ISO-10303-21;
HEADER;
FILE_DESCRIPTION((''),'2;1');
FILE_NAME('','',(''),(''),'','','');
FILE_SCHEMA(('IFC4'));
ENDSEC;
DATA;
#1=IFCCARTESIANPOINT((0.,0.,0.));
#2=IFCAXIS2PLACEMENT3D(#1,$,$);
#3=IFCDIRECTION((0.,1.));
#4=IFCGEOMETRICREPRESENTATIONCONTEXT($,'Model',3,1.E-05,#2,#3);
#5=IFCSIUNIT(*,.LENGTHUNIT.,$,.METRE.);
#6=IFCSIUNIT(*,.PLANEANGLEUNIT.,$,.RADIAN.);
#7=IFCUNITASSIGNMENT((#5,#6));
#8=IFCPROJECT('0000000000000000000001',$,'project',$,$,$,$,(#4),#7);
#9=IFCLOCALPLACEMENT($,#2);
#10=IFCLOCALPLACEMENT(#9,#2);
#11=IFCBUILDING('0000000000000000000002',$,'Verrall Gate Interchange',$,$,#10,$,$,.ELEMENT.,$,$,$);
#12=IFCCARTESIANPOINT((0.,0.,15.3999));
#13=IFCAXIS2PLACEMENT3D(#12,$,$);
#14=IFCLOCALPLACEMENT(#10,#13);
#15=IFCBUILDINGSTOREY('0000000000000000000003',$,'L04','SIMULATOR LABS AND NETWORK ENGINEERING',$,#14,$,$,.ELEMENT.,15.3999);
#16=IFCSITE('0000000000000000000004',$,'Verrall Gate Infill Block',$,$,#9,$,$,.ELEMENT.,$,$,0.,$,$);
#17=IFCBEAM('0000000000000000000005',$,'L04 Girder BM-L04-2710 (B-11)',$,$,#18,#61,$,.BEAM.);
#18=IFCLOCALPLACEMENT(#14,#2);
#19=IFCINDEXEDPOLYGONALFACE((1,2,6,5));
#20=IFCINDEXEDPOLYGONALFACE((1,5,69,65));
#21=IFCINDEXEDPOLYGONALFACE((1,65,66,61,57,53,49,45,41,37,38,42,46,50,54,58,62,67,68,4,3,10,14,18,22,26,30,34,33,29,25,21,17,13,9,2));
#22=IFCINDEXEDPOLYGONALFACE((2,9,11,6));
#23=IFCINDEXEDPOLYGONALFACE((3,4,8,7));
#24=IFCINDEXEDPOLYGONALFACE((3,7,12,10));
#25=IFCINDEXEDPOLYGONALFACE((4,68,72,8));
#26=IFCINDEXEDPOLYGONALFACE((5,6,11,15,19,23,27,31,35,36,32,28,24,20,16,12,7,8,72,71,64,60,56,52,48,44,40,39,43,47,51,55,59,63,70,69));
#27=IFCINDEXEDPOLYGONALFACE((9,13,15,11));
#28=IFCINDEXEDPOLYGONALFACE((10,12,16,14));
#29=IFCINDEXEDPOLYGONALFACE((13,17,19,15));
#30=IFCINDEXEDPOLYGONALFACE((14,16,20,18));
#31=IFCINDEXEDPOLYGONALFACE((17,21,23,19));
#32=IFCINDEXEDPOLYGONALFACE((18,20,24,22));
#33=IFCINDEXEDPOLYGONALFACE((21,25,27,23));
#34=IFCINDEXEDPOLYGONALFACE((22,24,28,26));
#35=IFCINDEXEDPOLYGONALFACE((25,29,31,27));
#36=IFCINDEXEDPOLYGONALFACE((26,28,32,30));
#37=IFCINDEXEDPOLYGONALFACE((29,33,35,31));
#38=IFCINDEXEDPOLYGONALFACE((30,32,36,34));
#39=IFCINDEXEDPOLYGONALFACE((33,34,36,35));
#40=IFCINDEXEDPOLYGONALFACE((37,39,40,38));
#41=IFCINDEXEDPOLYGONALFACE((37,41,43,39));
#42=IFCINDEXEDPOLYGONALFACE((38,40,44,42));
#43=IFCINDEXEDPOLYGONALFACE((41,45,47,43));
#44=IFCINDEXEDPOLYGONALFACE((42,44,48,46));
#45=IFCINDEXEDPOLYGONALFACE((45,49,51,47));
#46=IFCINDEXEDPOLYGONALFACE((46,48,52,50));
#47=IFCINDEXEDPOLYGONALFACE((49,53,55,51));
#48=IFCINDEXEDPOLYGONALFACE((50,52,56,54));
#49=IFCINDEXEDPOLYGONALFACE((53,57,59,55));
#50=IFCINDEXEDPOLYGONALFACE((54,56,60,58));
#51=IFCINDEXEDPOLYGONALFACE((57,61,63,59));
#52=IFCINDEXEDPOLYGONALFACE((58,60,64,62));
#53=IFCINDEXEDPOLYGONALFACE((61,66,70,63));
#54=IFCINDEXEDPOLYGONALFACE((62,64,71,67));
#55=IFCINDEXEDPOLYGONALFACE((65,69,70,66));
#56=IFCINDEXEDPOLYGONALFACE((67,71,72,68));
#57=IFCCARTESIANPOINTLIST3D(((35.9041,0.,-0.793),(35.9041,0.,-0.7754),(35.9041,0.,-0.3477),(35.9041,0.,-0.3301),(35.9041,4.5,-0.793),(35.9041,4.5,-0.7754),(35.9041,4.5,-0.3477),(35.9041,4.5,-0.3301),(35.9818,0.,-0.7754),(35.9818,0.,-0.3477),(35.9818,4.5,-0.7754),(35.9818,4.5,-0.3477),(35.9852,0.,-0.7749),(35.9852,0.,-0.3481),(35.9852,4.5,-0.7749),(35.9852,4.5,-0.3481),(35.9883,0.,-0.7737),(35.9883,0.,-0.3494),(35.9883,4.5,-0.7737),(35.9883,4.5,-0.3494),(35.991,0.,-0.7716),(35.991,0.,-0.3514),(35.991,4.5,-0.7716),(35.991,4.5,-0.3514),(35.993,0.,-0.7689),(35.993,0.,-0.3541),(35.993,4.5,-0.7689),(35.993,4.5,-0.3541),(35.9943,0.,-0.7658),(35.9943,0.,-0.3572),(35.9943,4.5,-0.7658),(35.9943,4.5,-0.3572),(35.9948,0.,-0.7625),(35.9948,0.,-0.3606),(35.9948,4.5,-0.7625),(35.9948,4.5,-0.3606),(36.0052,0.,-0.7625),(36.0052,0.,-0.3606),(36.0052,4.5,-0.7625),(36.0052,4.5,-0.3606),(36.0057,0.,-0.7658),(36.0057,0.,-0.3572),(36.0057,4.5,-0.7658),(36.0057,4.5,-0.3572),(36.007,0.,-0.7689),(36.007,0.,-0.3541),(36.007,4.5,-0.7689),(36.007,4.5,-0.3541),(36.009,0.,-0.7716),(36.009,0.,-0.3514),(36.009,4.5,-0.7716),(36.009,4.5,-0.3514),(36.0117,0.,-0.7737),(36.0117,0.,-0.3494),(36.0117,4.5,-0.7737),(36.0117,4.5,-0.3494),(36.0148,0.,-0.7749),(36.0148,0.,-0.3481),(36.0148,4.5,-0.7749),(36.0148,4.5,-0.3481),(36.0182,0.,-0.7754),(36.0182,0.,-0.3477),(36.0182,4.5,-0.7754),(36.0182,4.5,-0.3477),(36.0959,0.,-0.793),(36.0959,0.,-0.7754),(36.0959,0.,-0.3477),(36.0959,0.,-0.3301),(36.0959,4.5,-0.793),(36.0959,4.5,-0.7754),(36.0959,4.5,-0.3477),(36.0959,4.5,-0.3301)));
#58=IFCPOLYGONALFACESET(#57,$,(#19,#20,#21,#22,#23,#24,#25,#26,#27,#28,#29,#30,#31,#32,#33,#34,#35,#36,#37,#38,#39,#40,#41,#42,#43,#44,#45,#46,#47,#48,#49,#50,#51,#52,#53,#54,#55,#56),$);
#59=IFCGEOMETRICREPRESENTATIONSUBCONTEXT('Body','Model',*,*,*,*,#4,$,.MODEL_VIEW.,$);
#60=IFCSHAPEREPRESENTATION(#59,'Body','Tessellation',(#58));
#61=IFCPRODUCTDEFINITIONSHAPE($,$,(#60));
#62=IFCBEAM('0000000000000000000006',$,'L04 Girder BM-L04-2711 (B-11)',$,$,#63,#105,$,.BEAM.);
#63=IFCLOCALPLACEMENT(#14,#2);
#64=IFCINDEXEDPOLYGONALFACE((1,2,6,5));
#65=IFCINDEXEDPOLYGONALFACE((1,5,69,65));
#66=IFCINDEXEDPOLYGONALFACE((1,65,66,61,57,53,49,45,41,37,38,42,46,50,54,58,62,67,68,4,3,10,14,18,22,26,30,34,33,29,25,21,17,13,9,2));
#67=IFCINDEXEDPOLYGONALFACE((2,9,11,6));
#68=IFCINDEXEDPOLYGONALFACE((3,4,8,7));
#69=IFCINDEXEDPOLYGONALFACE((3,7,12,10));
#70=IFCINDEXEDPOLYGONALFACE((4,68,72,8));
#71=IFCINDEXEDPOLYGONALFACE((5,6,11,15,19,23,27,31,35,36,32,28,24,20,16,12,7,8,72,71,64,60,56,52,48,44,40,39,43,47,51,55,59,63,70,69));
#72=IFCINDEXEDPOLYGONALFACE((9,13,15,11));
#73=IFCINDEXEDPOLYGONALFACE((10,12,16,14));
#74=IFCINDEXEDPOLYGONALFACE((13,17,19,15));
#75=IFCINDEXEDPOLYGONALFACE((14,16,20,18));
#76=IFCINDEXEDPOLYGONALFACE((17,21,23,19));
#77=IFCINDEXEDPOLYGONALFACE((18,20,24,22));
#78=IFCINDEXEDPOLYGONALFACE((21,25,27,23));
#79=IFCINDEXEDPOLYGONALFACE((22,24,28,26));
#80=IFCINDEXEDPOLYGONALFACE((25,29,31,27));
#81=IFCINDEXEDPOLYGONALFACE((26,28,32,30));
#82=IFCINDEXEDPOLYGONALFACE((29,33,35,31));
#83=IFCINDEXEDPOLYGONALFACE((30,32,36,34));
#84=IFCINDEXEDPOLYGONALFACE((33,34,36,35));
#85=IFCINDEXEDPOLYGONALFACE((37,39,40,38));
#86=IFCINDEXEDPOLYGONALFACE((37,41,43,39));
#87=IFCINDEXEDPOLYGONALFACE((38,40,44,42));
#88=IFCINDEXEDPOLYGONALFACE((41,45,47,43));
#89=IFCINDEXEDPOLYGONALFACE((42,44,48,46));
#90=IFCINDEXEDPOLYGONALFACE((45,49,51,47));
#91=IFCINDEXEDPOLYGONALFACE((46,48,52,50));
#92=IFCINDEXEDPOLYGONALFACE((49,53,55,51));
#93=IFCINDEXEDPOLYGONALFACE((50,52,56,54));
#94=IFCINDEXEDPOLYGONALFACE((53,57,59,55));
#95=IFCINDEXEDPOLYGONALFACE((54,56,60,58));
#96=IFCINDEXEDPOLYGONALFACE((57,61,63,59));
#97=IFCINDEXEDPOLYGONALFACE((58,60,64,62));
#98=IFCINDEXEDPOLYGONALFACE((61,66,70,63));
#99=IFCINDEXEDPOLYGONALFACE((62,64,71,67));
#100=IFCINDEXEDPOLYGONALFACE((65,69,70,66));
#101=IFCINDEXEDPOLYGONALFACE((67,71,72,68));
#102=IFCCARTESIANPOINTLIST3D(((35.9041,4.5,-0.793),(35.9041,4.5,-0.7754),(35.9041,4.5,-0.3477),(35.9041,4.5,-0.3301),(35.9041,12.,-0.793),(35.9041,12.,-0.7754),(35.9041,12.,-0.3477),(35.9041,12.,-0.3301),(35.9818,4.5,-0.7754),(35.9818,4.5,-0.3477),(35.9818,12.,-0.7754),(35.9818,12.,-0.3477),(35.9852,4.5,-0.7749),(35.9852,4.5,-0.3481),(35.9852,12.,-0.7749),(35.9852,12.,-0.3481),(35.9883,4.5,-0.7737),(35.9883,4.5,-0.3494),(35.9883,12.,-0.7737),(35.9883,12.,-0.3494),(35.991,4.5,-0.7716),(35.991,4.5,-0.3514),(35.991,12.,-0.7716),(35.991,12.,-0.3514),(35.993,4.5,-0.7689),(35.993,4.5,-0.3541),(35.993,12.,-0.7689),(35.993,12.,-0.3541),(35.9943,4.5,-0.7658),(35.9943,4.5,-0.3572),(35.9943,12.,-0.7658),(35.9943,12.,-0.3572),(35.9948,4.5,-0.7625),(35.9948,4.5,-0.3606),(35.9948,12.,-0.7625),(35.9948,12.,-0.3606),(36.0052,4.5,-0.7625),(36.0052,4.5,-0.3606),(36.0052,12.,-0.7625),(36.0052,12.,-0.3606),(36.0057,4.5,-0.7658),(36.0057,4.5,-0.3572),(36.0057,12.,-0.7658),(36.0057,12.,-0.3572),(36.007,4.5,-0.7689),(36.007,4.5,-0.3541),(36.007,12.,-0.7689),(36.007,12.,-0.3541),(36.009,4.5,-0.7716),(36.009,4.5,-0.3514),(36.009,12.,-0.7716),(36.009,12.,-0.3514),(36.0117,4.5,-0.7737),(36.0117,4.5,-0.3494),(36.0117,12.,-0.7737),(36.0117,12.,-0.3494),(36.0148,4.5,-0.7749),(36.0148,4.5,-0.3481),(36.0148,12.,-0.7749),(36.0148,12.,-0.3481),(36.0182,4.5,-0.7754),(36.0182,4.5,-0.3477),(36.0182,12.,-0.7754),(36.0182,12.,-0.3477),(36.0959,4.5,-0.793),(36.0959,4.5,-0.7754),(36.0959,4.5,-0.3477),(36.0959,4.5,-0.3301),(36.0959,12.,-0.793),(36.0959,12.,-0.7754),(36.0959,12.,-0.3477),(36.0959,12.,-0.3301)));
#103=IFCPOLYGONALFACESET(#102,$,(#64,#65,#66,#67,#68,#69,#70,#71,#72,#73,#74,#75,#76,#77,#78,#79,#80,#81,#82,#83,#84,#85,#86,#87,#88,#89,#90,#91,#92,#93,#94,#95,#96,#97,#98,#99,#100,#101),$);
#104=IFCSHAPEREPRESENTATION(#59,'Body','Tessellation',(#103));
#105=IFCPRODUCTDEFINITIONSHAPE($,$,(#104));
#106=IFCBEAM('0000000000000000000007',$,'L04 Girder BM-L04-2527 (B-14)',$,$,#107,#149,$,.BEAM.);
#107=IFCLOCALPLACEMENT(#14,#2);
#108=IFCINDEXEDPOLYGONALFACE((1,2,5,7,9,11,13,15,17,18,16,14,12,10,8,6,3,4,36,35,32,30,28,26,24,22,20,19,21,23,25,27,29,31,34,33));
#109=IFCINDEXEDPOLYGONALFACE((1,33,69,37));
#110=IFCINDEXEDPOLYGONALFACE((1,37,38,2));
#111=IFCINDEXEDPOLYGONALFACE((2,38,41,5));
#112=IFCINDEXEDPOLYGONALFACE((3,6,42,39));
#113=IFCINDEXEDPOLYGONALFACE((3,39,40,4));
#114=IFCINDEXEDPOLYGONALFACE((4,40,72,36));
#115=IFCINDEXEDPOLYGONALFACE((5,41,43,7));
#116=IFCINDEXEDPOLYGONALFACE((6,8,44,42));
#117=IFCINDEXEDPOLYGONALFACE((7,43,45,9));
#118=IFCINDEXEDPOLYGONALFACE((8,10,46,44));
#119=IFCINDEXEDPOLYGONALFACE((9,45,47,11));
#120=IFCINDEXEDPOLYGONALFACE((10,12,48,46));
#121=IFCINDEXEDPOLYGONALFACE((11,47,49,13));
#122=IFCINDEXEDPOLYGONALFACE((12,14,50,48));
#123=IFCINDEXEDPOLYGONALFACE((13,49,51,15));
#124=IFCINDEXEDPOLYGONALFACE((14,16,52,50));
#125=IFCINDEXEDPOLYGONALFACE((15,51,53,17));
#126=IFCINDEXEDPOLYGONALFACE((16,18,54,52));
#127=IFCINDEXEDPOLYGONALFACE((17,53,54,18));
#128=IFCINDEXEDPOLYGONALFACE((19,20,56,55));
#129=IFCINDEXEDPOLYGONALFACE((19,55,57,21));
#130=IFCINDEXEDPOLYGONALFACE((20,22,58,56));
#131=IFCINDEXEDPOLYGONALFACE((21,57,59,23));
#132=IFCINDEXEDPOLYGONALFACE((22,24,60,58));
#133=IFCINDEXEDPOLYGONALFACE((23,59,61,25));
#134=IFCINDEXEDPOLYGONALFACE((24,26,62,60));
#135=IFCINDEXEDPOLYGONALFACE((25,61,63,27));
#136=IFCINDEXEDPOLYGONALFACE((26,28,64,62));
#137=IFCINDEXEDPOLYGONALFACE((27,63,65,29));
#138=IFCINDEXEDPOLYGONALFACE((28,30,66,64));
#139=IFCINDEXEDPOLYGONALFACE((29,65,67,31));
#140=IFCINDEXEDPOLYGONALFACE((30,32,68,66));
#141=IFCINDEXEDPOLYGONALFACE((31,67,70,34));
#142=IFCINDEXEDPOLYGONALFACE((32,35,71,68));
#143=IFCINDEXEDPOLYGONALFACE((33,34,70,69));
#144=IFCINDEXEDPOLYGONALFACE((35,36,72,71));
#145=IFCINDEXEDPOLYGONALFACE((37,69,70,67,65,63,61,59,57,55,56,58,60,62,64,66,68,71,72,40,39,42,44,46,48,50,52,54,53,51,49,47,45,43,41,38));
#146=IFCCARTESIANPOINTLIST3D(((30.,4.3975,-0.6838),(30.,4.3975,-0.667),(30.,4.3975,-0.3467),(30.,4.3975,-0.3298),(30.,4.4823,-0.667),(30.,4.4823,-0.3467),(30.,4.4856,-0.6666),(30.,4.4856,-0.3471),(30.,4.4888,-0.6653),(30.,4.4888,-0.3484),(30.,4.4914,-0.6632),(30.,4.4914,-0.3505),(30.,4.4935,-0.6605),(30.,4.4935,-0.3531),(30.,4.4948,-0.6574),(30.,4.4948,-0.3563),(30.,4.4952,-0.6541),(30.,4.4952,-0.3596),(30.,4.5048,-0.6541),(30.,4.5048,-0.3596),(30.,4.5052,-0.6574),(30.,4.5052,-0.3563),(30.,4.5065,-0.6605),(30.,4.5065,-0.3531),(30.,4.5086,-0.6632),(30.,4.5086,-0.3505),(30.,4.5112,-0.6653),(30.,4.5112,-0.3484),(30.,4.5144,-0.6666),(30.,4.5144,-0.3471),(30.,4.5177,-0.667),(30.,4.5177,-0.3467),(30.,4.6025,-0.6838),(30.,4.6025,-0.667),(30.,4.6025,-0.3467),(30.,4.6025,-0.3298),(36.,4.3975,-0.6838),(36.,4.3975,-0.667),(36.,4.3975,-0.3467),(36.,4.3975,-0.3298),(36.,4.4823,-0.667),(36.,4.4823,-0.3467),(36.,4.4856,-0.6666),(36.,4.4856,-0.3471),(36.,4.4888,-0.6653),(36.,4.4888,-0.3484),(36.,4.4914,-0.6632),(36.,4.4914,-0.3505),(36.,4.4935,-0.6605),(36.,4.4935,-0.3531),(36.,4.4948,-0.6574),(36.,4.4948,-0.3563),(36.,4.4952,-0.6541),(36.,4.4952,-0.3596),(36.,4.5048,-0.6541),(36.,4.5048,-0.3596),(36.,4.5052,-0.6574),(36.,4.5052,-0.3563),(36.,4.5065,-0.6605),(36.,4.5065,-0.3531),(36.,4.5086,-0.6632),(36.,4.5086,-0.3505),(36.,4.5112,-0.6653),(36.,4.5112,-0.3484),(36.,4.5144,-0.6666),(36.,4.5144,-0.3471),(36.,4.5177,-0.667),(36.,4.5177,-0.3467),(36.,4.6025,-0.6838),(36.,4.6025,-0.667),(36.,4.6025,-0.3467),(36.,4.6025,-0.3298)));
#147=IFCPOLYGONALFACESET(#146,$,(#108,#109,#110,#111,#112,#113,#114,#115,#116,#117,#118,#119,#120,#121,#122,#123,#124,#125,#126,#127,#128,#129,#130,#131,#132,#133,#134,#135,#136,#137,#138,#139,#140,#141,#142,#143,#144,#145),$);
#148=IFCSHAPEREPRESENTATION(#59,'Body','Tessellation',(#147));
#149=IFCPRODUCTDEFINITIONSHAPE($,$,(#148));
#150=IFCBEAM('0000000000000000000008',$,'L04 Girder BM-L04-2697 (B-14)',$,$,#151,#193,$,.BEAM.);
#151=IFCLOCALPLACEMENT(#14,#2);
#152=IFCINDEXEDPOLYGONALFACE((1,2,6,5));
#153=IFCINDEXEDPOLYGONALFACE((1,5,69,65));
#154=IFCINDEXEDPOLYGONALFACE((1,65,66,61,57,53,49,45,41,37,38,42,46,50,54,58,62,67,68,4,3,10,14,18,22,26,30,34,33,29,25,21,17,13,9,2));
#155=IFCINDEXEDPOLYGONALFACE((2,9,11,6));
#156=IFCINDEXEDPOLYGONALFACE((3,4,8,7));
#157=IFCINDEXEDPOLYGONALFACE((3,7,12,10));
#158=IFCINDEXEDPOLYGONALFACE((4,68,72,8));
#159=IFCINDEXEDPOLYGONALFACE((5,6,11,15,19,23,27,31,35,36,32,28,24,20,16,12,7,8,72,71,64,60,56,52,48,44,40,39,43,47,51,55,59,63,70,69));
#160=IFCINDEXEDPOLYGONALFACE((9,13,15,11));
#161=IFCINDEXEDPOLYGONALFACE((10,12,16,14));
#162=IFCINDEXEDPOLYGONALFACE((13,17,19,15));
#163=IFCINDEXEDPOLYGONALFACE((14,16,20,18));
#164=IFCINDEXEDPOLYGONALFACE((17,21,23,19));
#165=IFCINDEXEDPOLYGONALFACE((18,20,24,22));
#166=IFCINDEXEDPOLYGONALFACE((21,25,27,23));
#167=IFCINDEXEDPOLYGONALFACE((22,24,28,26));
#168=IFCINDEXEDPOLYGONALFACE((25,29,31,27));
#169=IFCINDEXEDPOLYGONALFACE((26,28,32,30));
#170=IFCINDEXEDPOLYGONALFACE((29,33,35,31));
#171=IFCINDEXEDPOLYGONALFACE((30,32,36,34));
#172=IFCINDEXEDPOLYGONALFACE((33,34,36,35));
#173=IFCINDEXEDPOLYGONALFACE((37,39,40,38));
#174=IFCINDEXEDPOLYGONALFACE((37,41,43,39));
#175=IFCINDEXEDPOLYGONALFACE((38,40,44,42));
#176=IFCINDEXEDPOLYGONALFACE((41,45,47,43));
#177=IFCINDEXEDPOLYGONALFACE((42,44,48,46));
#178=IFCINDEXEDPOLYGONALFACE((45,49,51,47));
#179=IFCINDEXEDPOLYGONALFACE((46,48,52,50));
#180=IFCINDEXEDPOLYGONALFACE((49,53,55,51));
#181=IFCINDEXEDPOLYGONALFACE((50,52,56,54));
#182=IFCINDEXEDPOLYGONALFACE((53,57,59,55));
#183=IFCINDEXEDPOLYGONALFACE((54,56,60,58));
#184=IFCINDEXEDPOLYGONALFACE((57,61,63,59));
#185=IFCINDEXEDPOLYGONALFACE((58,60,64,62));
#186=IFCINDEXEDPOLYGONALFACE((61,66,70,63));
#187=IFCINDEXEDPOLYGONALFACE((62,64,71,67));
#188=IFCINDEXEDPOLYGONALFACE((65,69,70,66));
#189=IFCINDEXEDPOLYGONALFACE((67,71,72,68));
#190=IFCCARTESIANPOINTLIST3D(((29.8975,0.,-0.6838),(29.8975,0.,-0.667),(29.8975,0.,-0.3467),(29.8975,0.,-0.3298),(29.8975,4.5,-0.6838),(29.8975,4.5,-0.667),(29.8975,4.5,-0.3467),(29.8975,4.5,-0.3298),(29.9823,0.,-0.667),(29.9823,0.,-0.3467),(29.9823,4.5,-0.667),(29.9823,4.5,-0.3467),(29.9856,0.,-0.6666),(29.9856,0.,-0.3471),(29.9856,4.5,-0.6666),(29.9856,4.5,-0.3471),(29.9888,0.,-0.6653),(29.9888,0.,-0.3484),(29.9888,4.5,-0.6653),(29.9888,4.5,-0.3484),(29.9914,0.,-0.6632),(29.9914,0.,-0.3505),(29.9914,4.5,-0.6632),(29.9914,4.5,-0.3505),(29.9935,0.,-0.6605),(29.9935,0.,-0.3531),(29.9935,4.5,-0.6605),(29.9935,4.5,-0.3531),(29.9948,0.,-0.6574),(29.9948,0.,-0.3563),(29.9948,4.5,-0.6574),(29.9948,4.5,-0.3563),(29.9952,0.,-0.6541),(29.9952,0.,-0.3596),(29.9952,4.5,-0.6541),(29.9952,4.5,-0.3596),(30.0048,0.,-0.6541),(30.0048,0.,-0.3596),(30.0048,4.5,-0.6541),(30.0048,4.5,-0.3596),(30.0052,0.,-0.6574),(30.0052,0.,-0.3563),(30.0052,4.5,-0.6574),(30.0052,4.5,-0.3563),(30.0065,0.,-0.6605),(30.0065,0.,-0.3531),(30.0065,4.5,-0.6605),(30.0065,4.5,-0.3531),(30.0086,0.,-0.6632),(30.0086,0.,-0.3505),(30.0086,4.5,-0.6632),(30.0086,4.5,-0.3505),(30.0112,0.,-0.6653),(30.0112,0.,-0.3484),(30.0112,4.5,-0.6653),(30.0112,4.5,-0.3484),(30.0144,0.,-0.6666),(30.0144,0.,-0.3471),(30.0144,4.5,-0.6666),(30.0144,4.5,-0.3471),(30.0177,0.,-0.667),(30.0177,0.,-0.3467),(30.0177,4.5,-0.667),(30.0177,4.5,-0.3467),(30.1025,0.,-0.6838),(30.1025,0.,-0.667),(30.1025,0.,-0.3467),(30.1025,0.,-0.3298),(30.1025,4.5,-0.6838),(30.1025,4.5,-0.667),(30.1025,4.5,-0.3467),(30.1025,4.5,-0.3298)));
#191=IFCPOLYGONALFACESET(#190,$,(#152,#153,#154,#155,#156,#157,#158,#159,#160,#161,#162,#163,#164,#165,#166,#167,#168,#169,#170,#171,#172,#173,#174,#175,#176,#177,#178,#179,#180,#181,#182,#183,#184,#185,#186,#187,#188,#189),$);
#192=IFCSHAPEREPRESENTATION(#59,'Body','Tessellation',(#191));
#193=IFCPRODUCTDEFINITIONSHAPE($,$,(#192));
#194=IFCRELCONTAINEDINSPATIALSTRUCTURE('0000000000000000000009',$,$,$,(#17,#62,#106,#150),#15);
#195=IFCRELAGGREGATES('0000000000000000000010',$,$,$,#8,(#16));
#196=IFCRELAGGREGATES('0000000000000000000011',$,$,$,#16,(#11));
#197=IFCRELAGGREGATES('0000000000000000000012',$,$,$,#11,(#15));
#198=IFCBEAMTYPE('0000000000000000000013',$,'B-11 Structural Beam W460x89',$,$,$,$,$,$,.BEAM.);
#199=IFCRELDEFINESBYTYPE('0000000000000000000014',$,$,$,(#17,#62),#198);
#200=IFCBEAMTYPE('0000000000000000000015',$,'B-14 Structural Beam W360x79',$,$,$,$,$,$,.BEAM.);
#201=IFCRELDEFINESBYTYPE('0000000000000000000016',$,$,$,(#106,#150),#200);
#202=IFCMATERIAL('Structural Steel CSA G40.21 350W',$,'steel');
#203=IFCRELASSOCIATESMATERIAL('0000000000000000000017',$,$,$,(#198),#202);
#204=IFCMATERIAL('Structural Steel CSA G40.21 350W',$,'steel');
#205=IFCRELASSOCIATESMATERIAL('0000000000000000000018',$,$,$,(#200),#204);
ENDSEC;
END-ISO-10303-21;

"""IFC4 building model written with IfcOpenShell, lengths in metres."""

from ifc_helpers import new_model, si_unit, direction, frame, origin, origin_2d, place, context, subcontext, project, spatial, i_section, extrude, material, material_profile, profile_set, type_object, element, save


model = new_model("IFC4")

# Units and contexts
model_context = context("Model", 3, precision=1e-05, world=origin(), true_north=direction((0.0, 1.0)))
body_context = subcontext(model_context, "Body", "Model", "MODEL_VIEW")
ifc_project = project(units=[si_unit("LENGTHUNIT", "METRE"), si_unit("PLANEANGLEUNIT", "RADIAN")], contexts=[model_context])

# Site, building, storey
site_placement = place(None, origin())
site = spatial("IfcSite", under=ifc_project, at=site_placement, Name="Verrall Gate Infill Block", CompositionType="ELEMENT", RefElevation=0.0)
building_placement = place(site_placement, origin())
building = spatial("IfcBuilding", under=site, at=building_placement, Name="Verrall Gate Interchange", CompositionType="ELEMENT")
storey_placement = place(building_placement, frame((0.0, 0.0, 15.3999)))
storey = spatial("IfcBuildingStorey", under=building, at=storey_placement, Name="L04", Description="SIMULATOR LABS AND NETWORK ENGINEERING", CompositionType="ELEMENT", Elevation=15.3999)

# Beams
ifc_material_1 = material(Name="Structural Steel CSA G40.21 350W", Category="steel")
ifc_material_profile_1 = material_profile(ifc_material_1, i_section(OverallWidth=0.1919, OverallDepth=0.4629, WebThickness=0.0105, FlangeThickness=0.0176, FilletRadius=0.0129, at=origin_2d()), Name="W460x89")
ifc_profile_set_1 = profile_set([ifc_material_profile_1], Name="Structural Steel CSA G40.21 350W")
beam_type_1 = type_object("IfcBeamType", Name="B-11 Structural Beam W460x89", PredefinedType="BEAM", material=ifc_profile_set_1)
beam_1_placement = place(storey_placement, frame((36.0, 0.0, -0.5615), z_axis=(0.0, 1.0, 0.0), x_axis=(-1.0, 0.0, 0.0)))
element("IfcBeam", 1, at=beam_1_placement, inside=storey, type_object=beam_type_1, Name="L04 Girder BM-L04-2710 (B-11)", PredefinedType="BEAM", context=body_context, shape_type="SweptSolid", body=[
    extrude(i_section(OverallWidth=0.1919, OverallDepth=0.4629, WebThickness=0.0105, FlangeThickness=0.0176, FilletRadius=0.0129, at=origin_2d()), origin(), (0.0, 0.0, 1.0), 4.5),
])
beam_2_placement = place(storey_placement, frame((36.0, 4.5, -0.5615), z_axis=(0.0, 1.0, 0.0), x_axis=(-1.0, 0.0, 0.0)))
element("IfcBeam", 2, at=beam_2_placement, inside=storey, type_object=beam_type_1, Name="L04 Girder BM-L04-2711 (B-11)", PredefinedType="BEAM", context=body_context, shape_type="SweptSolid", body=[
    extrude(i_section(OverallWidth=0.1919, OverallDepth=0.4629, WebThickness=0.0105, FlangeThickness=0.0176, FilletRadius=0.0129, at=origin_2d()), origin(), (0.0, 0.0, 1.0), 7.5),
])
ifc_material_2 = material(Name="Structural Steel CSA G40.21 350W", Category="steel")
ifc_material_profile_2 = material_profile(ifc_material_2, i_section(OverallWidth=0.2051, OverallDepth=0.354, WebThickness=0.0095, FlangeThickness=0.0168, FilletRadius=0.0129, at=origin_2d()), Name="W360x79")
ifc_profile_set_2 = profile_set([ifc_material_profile_2], Name="Structural Steel CSA G40.21 350W")
beam_type_2 = type_object("IfcBeamType", Name="B-14 Structural Beam W360x79", PredefinedType="BEAM", material=ifc_profile_set_2)
beam_3_placement = place(storey_placement, frame((30.0, 4.5, -0.5068), z_axis=(1.0, 0.0, 0.0), x_axis=(0.0, 1.0, 0.0)))
element("IfcBeam", 3, at=beam_3_placement, inside=storey, type_object=beam_type_2, Name="L04 Girder BM-L04-2527 (B-14)", PredefinedType="BEAM", context=body_context, shape_type="SweptSolid", body=[
    extrude(i_section(OverallWidth=0.2051, OverallDepth=0.354, WebThickness=0.0095, FlangeThickness=0.0168, FilletRadius=0.0129, at=origin_2d()), origin(), (0.0, 0.0, 1.0), 6.0),
])
beam_4_placement = place(storey_placement, frame((30.0, 0.0, -0.5068), z_axis=(0.0, 1.0, 0.0), x_axis=(-1.0, 0.0, 0.0)))
element("IfcBeam", 4, at=beam_4_placement, inside=storey, type_object=beam_type_2, Name="L04 Girder BM-L04-2697 (B-14)", PredefinedType="BEAM", context=body_context, shape_type="SweptSolid", body=[
    extrude(i_section(OverallWidth=0.2051, OverallDepth=0.354, WebThickness=0.0095, FlangeThickness=0.0168, FilletRadius=0.0129, at=origin_2d()), origin(), (0.0, 0.0, 1.0), 4.5),
])

save(model, "model.ifc")
